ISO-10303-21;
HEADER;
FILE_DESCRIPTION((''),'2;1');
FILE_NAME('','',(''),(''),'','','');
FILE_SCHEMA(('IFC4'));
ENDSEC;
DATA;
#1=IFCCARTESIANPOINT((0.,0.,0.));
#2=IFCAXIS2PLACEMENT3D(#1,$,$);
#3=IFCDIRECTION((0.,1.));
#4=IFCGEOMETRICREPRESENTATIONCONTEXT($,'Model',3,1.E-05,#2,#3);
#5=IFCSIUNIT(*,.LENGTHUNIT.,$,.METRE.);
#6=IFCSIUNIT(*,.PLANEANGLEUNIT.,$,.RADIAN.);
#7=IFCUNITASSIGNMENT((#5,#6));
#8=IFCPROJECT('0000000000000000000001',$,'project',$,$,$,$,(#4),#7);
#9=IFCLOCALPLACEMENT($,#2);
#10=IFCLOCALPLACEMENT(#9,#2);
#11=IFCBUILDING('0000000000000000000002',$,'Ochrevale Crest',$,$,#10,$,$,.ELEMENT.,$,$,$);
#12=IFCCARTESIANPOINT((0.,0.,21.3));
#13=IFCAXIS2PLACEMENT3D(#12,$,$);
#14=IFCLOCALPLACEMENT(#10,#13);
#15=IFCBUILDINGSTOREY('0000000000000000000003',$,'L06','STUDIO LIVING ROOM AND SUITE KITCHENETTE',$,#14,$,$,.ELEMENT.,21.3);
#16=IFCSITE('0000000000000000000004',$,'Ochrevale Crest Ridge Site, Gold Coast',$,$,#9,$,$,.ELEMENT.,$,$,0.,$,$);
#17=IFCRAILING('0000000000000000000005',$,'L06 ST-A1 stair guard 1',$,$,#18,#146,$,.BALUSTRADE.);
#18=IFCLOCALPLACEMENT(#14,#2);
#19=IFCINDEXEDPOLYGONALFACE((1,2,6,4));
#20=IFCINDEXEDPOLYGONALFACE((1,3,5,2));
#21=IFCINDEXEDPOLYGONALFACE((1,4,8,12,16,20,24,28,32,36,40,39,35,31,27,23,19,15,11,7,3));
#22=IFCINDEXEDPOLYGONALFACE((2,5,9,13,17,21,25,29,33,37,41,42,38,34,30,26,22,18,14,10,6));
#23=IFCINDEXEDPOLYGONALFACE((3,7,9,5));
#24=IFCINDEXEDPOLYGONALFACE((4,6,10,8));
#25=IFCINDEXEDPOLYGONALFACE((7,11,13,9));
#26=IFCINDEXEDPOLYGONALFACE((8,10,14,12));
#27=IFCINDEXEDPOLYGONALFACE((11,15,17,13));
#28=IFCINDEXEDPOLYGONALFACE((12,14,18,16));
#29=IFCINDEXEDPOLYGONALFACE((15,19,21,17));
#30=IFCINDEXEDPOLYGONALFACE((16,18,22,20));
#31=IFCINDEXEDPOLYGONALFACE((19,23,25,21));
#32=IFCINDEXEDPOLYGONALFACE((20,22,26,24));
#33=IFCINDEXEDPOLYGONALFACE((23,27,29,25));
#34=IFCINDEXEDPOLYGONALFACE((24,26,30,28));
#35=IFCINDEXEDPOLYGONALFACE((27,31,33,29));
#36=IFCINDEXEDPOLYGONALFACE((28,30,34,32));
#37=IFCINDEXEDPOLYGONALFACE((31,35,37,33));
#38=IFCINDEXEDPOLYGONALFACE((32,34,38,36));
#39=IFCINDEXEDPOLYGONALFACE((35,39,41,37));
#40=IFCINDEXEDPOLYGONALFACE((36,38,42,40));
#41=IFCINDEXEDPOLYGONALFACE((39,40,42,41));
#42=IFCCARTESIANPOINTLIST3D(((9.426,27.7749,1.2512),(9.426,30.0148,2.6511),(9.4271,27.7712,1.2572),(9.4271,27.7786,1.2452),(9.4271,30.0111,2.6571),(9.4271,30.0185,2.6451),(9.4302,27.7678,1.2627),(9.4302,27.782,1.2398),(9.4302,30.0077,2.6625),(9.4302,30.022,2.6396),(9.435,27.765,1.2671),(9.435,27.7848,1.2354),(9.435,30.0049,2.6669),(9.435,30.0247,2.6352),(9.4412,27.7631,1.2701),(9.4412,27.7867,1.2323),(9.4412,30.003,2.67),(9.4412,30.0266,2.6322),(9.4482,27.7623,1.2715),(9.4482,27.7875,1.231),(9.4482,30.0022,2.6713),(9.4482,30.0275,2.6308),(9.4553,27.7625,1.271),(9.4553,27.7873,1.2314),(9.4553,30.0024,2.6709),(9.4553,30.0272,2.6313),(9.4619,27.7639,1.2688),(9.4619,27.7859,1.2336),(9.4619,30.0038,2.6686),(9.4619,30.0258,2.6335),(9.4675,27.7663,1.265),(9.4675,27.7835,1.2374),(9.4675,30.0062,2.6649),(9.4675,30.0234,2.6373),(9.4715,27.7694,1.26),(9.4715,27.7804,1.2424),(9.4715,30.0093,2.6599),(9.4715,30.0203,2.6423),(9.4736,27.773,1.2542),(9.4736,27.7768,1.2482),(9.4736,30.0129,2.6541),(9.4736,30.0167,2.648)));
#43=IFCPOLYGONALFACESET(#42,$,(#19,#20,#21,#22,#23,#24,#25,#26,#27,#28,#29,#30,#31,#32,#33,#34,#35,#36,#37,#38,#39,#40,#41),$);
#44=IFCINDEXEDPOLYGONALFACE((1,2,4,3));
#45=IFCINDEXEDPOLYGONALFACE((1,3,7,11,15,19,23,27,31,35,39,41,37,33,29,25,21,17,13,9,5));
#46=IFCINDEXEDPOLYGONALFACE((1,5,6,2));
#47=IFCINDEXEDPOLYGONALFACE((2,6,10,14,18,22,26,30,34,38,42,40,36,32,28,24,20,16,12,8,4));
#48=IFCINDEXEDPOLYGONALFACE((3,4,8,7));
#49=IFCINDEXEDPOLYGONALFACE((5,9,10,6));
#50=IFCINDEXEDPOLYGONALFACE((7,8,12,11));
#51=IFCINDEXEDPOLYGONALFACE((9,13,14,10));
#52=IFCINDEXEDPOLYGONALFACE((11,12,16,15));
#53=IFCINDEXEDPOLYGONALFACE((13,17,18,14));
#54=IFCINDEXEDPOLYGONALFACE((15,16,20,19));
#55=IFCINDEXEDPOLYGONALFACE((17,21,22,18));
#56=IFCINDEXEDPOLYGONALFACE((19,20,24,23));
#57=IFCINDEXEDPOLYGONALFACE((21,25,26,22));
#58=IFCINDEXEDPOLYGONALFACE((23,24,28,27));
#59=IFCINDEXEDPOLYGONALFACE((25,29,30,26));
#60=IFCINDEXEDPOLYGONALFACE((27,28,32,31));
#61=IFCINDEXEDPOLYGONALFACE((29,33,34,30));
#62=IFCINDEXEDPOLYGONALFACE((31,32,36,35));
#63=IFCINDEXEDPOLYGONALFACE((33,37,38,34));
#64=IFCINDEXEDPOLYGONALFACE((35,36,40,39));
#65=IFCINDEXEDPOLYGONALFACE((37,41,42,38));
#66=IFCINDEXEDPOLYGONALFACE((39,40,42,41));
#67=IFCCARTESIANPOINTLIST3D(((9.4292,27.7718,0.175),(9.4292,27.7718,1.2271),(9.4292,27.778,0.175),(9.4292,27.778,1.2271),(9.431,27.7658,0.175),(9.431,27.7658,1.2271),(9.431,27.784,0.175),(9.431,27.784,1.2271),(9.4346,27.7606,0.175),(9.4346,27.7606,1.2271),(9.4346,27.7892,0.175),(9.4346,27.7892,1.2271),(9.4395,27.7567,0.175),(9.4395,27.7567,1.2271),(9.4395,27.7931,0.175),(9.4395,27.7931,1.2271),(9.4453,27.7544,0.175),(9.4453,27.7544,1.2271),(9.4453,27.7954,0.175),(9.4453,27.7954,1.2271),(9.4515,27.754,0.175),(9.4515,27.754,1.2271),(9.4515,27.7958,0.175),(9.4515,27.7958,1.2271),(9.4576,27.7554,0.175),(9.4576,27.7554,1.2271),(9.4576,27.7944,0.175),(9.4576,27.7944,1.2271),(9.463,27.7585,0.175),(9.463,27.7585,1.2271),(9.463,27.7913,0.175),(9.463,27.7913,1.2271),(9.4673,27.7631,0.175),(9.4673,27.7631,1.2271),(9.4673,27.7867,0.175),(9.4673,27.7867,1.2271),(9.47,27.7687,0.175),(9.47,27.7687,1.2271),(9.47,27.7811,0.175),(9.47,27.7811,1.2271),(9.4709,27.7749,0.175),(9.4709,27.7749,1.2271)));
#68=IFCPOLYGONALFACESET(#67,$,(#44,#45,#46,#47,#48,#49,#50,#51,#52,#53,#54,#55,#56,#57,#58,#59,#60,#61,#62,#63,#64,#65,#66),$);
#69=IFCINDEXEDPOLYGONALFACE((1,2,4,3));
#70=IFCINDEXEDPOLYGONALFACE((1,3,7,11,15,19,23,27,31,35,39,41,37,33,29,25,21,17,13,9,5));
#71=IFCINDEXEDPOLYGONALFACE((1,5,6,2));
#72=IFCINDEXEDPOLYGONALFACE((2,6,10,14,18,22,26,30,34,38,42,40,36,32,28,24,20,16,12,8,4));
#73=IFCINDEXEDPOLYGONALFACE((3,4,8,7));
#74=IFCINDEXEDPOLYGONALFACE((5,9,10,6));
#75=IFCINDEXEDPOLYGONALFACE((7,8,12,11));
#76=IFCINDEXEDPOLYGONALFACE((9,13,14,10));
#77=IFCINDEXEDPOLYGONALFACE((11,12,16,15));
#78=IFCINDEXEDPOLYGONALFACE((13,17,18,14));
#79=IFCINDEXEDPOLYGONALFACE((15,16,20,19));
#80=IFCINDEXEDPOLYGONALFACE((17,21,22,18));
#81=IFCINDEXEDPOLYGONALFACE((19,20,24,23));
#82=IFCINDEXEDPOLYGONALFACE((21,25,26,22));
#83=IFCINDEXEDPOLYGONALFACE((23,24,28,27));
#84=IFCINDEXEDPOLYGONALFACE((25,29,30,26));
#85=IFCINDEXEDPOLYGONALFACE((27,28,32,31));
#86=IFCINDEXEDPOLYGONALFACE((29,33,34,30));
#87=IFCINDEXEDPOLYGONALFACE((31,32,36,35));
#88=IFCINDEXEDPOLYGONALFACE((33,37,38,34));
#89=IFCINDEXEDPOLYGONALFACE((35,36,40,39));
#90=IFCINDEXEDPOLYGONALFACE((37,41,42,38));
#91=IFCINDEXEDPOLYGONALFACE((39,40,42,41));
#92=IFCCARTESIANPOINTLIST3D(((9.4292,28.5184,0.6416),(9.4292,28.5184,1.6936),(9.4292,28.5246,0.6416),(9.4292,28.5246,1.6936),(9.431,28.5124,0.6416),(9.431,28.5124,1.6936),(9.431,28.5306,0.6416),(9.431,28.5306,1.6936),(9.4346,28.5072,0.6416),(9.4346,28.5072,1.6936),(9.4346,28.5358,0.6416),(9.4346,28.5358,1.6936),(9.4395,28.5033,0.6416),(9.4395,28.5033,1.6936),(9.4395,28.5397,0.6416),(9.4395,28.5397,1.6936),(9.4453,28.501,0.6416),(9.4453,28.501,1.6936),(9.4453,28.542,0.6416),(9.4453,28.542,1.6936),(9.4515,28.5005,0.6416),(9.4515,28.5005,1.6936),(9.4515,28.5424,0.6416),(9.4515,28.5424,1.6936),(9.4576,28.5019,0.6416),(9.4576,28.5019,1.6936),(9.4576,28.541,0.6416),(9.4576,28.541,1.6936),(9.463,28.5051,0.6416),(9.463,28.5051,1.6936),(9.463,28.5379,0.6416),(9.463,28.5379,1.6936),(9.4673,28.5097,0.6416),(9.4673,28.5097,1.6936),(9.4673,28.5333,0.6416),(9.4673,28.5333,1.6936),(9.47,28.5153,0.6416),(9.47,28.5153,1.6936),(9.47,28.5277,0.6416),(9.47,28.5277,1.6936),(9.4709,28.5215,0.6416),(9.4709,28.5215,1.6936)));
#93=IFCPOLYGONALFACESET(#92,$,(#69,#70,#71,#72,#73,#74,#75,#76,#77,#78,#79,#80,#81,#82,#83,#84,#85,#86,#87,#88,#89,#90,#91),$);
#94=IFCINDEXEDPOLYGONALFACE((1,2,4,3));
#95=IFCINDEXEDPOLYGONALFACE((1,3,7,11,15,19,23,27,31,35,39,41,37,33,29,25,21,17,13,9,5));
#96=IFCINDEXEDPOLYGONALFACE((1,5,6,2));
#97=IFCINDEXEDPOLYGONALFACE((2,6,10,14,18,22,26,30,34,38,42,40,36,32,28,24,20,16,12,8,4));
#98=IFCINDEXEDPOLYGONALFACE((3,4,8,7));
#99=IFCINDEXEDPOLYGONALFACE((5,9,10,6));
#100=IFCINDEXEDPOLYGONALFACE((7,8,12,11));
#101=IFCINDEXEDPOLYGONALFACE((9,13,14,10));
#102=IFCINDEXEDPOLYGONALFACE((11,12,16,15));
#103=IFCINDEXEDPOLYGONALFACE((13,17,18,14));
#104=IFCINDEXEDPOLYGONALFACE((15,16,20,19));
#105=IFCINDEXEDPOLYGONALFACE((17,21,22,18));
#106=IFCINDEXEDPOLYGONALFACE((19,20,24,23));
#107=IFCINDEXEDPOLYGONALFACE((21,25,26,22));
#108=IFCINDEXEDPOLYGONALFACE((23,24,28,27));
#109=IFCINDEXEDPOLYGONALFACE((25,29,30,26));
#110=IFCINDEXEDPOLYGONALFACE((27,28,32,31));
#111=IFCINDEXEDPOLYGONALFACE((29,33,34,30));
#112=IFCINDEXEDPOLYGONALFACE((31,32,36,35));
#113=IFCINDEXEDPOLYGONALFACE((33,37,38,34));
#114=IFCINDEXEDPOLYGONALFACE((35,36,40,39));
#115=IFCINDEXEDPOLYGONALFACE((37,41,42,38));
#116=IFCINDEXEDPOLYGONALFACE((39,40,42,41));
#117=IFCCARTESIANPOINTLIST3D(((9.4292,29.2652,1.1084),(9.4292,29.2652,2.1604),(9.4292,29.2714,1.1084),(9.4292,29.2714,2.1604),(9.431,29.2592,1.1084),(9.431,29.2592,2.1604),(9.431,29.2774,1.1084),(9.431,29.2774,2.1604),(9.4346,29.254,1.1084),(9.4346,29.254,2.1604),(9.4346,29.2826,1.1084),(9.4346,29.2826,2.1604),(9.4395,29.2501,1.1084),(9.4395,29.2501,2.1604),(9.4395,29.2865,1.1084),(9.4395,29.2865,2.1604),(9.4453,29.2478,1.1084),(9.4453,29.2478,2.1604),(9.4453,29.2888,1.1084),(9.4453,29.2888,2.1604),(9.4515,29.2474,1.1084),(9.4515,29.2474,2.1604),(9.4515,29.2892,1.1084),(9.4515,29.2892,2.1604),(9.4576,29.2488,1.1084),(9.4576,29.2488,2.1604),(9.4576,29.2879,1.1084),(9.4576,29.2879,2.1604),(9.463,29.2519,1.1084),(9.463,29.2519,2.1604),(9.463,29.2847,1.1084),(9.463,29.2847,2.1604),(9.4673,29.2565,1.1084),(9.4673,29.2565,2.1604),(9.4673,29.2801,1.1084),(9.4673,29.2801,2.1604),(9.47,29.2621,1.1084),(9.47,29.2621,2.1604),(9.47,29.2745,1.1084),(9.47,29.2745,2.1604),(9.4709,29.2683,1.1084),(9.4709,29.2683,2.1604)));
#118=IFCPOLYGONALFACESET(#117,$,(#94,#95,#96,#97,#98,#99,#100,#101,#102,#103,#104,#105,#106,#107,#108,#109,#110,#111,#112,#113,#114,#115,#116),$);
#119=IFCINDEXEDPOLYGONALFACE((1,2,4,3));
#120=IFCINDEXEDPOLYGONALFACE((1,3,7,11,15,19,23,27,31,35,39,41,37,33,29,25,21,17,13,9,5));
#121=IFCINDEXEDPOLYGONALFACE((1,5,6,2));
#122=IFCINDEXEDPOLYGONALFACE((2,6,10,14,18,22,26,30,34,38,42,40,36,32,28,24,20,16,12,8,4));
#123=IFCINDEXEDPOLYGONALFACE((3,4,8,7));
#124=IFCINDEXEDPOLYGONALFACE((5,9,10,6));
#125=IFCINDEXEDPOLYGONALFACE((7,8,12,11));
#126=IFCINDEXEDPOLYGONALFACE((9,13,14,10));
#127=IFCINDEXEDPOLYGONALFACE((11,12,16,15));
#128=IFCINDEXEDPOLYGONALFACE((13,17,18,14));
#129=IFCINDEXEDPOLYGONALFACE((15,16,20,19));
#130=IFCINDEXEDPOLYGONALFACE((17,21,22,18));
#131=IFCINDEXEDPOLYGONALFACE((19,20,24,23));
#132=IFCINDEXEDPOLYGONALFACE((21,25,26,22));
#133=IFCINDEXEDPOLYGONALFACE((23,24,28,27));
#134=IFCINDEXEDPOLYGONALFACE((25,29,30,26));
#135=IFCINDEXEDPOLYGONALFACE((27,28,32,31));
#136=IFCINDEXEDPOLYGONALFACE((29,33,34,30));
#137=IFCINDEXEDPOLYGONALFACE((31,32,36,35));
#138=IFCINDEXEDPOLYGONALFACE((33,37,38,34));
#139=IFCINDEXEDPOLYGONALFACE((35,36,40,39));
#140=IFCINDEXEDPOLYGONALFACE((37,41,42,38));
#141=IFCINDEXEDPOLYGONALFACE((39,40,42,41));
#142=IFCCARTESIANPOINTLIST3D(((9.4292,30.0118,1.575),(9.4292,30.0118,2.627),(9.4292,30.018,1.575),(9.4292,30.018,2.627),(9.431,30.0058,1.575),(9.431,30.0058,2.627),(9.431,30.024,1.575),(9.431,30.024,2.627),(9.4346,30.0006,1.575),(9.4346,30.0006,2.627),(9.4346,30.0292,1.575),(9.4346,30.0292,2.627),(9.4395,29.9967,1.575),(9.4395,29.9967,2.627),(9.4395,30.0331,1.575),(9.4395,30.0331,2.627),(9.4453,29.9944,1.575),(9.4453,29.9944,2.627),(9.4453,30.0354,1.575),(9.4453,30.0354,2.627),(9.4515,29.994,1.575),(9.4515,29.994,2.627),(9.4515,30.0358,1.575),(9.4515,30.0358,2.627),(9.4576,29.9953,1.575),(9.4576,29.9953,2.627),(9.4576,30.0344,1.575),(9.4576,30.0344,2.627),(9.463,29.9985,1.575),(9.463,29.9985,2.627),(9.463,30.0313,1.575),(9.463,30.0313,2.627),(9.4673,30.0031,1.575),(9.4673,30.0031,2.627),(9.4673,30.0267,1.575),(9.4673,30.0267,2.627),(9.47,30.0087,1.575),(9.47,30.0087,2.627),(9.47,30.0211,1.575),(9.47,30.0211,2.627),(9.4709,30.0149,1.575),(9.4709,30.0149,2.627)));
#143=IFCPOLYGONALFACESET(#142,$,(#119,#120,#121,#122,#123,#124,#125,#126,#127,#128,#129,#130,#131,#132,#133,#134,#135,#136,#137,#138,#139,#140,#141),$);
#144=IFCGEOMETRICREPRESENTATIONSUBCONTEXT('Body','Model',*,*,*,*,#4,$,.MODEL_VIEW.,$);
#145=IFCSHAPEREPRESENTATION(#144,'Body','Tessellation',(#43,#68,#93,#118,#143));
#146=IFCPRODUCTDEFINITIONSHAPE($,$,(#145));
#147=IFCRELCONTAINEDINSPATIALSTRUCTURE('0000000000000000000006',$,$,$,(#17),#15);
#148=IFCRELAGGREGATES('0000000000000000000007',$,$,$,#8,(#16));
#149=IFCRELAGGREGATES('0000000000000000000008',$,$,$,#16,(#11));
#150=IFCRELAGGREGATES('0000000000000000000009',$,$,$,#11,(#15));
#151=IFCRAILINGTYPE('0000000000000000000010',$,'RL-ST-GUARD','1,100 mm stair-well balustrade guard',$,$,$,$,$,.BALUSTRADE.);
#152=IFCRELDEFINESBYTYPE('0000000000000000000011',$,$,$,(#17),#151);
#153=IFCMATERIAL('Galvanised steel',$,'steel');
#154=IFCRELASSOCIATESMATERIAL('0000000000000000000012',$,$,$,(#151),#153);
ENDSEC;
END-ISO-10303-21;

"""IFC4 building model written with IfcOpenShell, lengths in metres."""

from ifc_helpers import new_model, si_unit, direction, frame, origin, origin_2d, place, context, subcontext, project, spatial, circle, extrude, material, type_object, element, save


model = new_model("IFC4")

# Units and contexts
model_context = context("Model", 3, precision=1e-05, world=origin(), true_north=direction((0.0, 1.0)))
body_context = subcontext(model_context, "Body", "Model", "MODEL_VIEW")
ifc_project = project(units=[si_unit("LENGTHUNIT", "METRE"), si_unit("PLANEANGLEUNIT", "RADIAN")], contexts=[model_context])

# Site, building, storey
site_placement = place(None, origin())
site = spatial("IfcSite", under=ifc_project, at=site_placement, Name="Ochrevale Crest Ridge Site, Gold Coast", CompositionType="ELEMENT", RefElevation=0.0)
building_placement = place(site_placement, origin())
building = spatial("IfcBuilding", under=site, at=building_placement, Name="Ochrevale Crest", CompositionType="ELEMENT")
storey_placement = place(building_placement, frame((0.0, 0.0, 21.3)))
storey = spatial("IfcBuildingStorey", under=building, at=storey_placement, Name="L06", Description="STUDIO LIVING ROOM AND SUITE KITCHENETTE", CompositionType="ELEMENT", Elevation=21.3)

# Railing
ifc_material_1 = material(Name="Galvanised steel", Category="steel")
railing_type_1 = type_object("IfcRailingType", Name="RL-ST-GUARD", Description="1,100 mm stair-well balustrade guard", PredefinedType="BALUSTRADE", material=ifc_material_1)
railing_1_placement = place(storey_placement, frame((9.45, 27.7749, 0.175)))
element("IfcRailing", 1, at=railing_1_placement, inside=storey, type_object=railing_type_1, Name="L06 ST-A1 stair guard 1", PredefinedType="BALUSTRADE", context=body_context, shape_type="SweptSolid", body=[
    extrude(circle(Radius=0.0239, at=origin_2d()), frame((0.0, 0.0, 1.0762), z_axis=(0.0, 0.848014, 0.529974), x_axis=(-1.0, 0.0, 0.0)), (0.0, 0.0, 1.0), 2.6414),
    extrude(circle(Radius=0.021, at=origin_2d()), origin(), (0.0, 0.0, 1.0), 1.052),
    extrude(circle(Radius=0.021, at=origin_2d()), frame((0.0, 0.7466, 0.4666)), (0.0, 0.0, 1.0), 1.052),
    extrude(circle(Radius=0.021, at=origin_2d()), frame((0.0, 1.4934, 0.9333)), (0.0, 0.0, 1.0), 1.052),
    extrude(circle(Radius=0.021, at=origin_2d()), frame((0.0, 2.24, 1.3999)), (0.0, 0.0, 1.0), 1.052),
])

save(model, "model.ifc")
